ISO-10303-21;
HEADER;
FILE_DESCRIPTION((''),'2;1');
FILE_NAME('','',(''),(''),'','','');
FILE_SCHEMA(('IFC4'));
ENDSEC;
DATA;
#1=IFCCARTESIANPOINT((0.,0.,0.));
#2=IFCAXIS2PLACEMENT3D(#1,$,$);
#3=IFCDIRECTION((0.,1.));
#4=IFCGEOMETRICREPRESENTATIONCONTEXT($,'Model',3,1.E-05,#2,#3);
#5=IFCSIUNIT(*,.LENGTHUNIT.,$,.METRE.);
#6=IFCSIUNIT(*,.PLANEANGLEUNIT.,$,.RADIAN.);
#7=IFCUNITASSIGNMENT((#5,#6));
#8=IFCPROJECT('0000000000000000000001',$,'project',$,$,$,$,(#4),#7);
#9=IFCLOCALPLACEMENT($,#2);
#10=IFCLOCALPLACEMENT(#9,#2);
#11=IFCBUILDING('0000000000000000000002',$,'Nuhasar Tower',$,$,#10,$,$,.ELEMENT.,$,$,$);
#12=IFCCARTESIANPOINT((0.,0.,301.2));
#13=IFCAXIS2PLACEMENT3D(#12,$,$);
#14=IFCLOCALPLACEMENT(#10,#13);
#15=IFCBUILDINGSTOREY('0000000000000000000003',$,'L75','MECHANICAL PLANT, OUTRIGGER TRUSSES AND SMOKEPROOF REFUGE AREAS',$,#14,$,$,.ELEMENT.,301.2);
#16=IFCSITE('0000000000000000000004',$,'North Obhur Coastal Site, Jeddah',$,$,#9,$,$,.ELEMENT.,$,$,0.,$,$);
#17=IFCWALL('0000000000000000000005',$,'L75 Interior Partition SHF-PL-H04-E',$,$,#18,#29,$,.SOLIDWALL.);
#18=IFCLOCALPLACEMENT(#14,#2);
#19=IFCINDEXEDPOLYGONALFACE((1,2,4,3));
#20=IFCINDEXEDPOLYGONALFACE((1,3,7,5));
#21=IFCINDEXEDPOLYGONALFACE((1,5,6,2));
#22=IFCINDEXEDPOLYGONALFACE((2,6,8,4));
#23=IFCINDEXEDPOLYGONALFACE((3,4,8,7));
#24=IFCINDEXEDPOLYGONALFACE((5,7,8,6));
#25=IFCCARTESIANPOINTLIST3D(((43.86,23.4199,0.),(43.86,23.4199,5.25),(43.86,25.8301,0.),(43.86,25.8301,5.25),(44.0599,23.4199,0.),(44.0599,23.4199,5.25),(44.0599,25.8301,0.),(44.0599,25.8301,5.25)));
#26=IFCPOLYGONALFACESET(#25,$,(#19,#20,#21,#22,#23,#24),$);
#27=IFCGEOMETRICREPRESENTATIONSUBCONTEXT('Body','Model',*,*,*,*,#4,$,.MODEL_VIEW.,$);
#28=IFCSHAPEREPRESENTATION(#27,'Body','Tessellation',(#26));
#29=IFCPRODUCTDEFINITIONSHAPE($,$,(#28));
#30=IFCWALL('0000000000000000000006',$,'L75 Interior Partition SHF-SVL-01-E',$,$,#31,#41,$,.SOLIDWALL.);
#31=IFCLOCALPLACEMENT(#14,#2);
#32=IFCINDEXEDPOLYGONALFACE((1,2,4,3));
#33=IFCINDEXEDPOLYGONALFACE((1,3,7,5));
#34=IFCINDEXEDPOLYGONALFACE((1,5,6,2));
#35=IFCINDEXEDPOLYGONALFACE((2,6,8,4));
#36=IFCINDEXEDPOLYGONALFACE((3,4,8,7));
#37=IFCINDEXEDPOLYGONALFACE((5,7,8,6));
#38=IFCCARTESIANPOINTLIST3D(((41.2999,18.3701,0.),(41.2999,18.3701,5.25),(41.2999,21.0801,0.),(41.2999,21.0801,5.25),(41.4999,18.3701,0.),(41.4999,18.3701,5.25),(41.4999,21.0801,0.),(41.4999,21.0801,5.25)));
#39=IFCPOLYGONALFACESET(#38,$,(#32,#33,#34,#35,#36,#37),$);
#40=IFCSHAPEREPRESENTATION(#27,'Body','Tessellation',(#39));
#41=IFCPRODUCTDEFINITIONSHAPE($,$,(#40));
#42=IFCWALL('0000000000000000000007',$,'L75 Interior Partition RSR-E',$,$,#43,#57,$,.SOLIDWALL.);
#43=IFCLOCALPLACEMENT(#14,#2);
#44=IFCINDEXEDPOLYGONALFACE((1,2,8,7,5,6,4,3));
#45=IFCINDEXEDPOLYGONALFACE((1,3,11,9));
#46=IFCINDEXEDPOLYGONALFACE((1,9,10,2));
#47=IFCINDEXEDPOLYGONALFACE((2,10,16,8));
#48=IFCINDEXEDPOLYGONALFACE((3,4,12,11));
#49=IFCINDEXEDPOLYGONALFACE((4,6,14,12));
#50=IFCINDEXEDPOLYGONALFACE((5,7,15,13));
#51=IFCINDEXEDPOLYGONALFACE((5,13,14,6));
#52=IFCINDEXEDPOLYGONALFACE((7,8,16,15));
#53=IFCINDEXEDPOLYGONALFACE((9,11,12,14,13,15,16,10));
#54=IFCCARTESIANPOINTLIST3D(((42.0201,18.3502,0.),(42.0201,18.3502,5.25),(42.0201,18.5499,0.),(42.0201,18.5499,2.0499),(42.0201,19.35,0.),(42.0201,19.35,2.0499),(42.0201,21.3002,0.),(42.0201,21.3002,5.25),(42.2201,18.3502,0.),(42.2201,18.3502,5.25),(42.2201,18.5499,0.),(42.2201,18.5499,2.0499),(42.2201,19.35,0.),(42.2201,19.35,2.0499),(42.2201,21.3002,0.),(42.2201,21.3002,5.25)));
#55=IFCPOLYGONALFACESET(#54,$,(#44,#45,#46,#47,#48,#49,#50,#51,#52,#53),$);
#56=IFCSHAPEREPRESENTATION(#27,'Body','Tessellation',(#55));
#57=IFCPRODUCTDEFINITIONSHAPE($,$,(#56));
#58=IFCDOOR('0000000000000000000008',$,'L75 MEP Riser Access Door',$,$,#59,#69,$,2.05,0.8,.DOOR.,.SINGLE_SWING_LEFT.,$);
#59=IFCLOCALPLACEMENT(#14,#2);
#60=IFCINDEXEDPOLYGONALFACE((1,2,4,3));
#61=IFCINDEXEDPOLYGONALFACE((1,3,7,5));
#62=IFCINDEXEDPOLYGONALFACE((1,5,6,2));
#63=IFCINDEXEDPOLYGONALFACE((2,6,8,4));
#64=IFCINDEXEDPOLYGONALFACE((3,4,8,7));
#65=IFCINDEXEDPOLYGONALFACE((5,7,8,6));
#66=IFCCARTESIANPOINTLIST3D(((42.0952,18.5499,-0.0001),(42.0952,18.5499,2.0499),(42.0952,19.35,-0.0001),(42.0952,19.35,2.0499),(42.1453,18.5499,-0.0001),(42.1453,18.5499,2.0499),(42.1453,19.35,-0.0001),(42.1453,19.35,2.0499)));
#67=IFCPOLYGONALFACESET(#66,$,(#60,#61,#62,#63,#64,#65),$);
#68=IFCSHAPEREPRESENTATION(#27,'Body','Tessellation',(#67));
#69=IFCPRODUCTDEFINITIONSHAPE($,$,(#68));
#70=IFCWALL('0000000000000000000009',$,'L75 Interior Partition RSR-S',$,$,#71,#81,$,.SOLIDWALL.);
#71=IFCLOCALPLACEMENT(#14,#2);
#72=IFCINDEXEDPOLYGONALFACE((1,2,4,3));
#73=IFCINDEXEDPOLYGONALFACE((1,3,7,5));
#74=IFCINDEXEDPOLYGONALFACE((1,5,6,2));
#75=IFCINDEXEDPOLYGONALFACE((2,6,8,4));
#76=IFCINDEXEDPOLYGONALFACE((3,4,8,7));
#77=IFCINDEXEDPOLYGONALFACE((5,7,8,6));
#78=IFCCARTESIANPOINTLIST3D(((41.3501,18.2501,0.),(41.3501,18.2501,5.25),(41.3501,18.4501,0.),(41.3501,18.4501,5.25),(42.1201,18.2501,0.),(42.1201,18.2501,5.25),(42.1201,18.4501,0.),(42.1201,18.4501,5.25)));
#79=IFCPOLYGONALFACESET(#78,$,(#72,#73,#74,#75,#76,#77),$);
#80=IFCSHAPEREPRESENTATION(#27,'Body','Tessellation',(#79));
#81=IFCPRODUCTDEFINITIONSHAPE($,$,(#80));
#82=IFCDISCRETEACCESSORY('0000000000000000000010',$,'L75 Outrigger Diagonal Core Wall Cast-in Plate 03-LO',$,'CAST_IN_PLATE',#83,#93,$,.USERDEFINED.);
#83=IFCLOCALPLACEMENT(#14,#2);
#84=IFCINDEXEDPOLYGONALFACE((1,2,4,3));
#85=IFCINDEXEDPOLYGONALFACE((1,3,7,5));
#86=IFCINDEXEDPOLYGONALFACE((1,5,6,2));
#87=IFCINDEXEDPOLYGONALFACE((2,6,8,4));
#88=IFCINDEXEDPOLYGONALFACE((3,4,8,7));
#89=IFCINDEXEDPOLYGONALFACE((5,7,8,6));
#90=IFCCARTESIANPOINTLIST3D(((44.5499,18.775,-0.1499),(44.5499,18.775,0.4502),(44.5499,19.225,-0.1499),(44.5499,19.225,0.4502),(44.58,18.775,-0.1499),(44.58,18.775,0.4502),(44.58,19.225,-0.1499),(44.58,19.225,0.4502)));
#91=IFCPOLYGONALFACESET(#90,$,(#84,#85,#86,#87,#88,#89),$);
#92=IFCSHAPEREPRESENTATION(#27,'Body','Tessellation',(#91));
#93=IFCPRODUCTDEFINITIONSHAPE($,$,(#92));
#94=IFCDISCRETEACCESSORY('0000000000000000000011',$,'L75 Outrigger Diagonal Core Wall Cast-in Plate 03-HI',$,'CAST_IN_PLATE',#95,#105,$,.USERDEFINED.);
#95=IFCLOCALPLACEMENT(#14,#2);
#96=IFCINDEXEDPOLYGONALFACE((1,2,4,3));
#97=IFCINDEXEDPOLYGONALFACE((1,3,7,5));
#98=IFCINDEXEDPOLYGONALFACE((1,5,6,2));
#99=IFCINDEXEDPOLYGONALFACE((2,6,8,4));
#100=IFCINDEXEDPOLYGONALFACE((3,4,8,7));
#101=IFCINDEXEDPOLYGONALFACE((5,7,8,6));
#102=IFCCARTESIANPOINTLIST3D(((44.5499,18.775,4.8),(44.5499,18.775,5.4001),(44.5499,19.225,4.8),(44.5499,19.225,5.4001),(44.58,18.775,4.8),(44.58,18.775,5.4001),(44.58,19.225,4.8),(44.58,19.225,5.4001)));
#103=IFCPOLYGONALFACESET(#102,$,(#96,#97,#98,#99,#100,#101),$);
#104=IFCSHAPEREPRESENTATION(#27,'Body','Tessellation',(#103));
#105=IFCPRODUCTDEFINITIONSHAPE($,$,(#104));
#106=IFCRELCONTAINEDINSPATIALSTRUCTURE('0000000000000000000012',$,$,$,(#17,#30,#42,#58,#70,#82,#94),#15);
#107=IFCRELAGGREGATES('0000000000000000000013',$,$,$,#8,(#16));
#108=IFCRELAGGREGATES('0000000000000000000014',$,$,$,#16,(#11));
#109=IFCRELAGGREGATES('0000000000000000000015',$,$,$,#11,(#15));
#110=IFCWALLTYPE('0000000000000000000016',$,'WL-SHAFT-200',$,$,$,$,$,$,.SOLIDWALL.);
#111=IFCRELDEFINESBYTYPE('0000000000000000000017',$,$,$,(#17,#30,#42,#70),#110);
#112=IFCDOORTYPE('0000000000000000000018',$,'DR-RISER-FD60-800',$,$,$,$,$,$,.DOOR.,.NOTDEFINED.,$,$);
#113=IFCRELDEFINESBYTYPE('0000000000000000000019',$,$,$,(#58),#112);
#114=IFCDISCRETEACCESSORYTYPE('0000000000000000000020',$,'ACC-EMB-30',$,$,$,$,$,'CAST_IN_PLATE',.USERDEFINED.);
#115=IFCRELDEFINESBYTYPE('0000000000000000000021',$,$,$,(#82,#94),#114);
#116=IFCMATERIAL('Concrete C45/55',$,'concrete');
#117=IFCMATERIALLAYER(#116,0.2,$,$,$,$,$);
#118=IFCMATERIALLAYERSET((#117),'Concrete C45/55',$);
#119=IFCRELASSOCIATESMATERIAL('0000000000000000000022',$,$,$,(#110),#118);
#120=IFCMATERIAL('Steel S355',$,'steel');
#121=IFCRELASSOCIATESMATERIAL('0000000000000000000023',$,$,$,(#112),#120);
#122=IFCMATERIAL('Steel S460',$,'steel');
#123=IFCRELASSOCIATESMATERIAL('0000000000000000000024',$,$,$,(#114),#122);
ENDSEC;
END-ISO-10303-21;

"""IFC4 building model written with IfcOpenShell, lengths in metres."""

from ifc_helpers import new_model, si_unit, direction, frame, frame_2d, origin, origin_2d, place, context, subcontext, project, spatial, rectangle, extrude, material, layer, layer_set, type_object, element, fill, save


model = new_model("IFC4")

# Units and contexts
model_context = context("Model", 3, precision=1e-05, world=origin(), true_north=direction((0.0, 1.0)))
body_context = subcontext(model_context, "Body", "Model", "MODEL_VIEW")
ifc_project = project(units=[si_unit("LENGTHUNIT", "METRE"), si_unit("PLANEANGLEUNIT", "RADIAN")], contexts=[model_context])

# Site, building, storey
site_placement = place(None, origin())
site = spatial("IfcSite", under=ifc_project, at=site_placement, Name="North Obhur Coastal Site, Jeddah", CompositionType="ELEMENT", RefElevation=0.0)
building_placement = place(site_placement, origin())
building = spatial("IfcBuilding", under=site, at=building_placement, Name="Nuhasar Tower", CompositionType="ELEMENT")
storey_placement = place(building_placement, frame((0.0, 0.0, 301.2)))
storey = spatial("IfcBuildingStorey", under=building, at=storey_placement, Name="L75", Description="MECHANICAL PLANT, OUTRIGGER TRUSSES AND SMOKEPROOF REFUGE AREAS", CompositionType="ELEMENT", Elevation=301.2)

# Shared definitions
ifc_material_1 = material(Name="Steel S355", Category="steel")

# Shared definitions
ifc_material_2 = material(Name="Steel S460", Category="steel")

# Shared definitions
ifc_material_3 = material(Name="Concrete C45/55", Category="concrete")

# Shared definitions
ifc_layer_1 = layer(ifc_material_3, 0.2)
ifc_layer_set_1 = layer_set([ifc_layer_1], Name="Concrete C45/55")
wall_type_1 = type_object("IfcWallType", Name="WL-SHAFT-200", PredefinedType="SOLIDWALL", material=ifc_layer_set_1)

# Walls
wall_1_placement = place(storey_placement, frame((43.96, 23.4199, 0.0), z_axis=(0.0, 0.0, 1.0), x_axis=(0.0, 1.0, 0.0)))
element("IfcWall", 1, at=wall_1_placement, inside=storey, type_object=wall_type_1, Name="L75 Interior Partition SHF-PL-H04-E", PredefinedType="SOLIDWALL", context=body_context, shape_type="SweptSolid", body=[
    extrude(rectangle(XDim=2.4102, YDim=0.2, at=frame_2d((1.2051, 0.0))), origin(), (0.0, 0.0, 1.0), 5.25),
])
wall_2_placement = place(storey_placement, frame((41.3999, 18.3701, 0.0), z_axis=(0.0, 0.0, 1.0), x_axis=(0.0, 1.0, 0.0)))
element("IfcWall", 2, at=wall_2_placement, inside=storey, type_object=wall_type_1, Name="L75 Interior Partition SHF-SVL-01-E", PredefinedType="SOLIDWALL", context=body_context, shape_type="SweptSolid", body=[
    extrude(rectangle(XDim=2.71, YDim=0.2, at=frame_2d((1.355, 0.0))), origin(), (0.0, 0.0, 1.0), 5.25),
])

# Wall, opening, door
wall_3_placement = place(storey_placement, frame((42.1201, 18.3501, 0.0), z_axis=(0.0, 0.0, 1.0), x_axis=(0.0, 1.0, 0.0)))
wall_3 = element("IfcWall", 3, at=wall_3_placement, inside=storey, type_object=wall_type_1, Name="L75 Interior Partition RSR-E", PredefinedType="SOLIDWALL", context=body_context, shape_type="SweptSolid", body=[
    extrude(rectangle(XDim=2.95, YDim=0.2, at=frame_2d((1.4751, 0.0))), origin(), (0.0, 0.0, 1.0), 5.25),
])
opening_1_placement = place(wall_3_placement, frame((0.2, 0.0, 0.0)))
opening_1 = element("IfcOpeningElement", 4, at=opening_1_placement, cuts=wall_3, PredefinedType="OPENING", context=body_context, shape_type="SweptSolid", body=[
    extrude(rectangle(XDim=0.8, YDim=2.05, at=frame_2d((0.3999, 1.0249))), frame((0.0, 0.1099, 0.0), z_axis=(0.0, -1.0, 0.0), x_axis=(1.0, 0.0, 0.0)), (0.0, 0.0, 1.0), 0.22),
])
door_type_1 = type_object("IfcDoorType", Name="DR-RISER-FD60-800", OperationType="NOTDEFINED", PredefinedType="DOOR", material=ifc_material_1)
door_1_placement = place(opening_1_placement, origin())
door_1 = element("IfcDoor", 5, at=door_1_placement, inside=storey, type_object=door_type_1, Name="L75 MEP Riser Access Door", OperationType="SINGLE_SWING_LEFT", OverallHeight=2.05, OverallWidth=0.8, PredefinedType="DOOR", context=body_context, shape_type="SweptSolid", body=[
    extrude(rectangle(XDim=0.8, YDim=2.05, at=frame_2d((0.3999, 1.0249))), frame((0.0, 0.0249, 0.0), z_axis=(0.0, -1.0, 0.0), x_axis=(1.0, 0.0, 0.0)), (0.0, 0.0, 1.0), 0.05),
])
fill(opening_1, door_1)

# Wall
wall_4_placement = place(storey_placement, frame((41.3501, 18.3501, 0.0), z_axis=(0.0, 0.0, 1.0), x_axis=(1.0, 0.0, 0.0)))
element("IfcWall", 6, at=wall_4_placement, inside=storey, type_object=wall_type_1, Name="L75 Interior Partition RSR-S", PredefinedType="SOLIDWALL", context=body_context, shape_type="SweptSolid", body=[
    extrude(rectangle(XDim=0.77, YDim=0.2, at=frame_2d((0.385, 0.0))), origin(), (0.0, 0.0, 1.0), 5.25),
])

# Discrete accessories
discrete_accessory_type = type_object("IfcDiscreteAccessoryType", Name="ACC-EMB-30", ElementType="CAST_IN_PLATE", PredefinedType="USERDEFINED", material=ifc_material_2)
for number, where, z_axis, x_axis, name in (
    (7, (44.5649, 19.0, -0.1499), (0.0, 0.0, 1.0), (1.0, 0.0, 0.0), "L75 Outrigger Diagonal Core Wall Cast-in Plate 03-LO"),
    (8, (44.5649, 19.0, 4.8), (0.0, 0.0, 1.0), (1.0, 0.0, 0.0), "L75 Outrigger Diagonal Core Wall Cast-in Plate 03-HI"),
):
    element("IfcDiscreteAccessory", number, at=place(storey_placement, frame(where, z_axis=z_axis, x_axis=x_axis)), inside=storey, type_object=discrete_accessory_type, Name=name, ObjectType="CAST_IN_PLATE", PredefinedType="USERDEFINED", context=body_context, shape_type="SweptSolid", body=[
        extrude(rectangle(XDim=0.03, YDim=0.45, at=origin_2d()), origin(), (0.0, 0.0, 1.0), 0.6001),
    ])

save(model, "model.ifc")
